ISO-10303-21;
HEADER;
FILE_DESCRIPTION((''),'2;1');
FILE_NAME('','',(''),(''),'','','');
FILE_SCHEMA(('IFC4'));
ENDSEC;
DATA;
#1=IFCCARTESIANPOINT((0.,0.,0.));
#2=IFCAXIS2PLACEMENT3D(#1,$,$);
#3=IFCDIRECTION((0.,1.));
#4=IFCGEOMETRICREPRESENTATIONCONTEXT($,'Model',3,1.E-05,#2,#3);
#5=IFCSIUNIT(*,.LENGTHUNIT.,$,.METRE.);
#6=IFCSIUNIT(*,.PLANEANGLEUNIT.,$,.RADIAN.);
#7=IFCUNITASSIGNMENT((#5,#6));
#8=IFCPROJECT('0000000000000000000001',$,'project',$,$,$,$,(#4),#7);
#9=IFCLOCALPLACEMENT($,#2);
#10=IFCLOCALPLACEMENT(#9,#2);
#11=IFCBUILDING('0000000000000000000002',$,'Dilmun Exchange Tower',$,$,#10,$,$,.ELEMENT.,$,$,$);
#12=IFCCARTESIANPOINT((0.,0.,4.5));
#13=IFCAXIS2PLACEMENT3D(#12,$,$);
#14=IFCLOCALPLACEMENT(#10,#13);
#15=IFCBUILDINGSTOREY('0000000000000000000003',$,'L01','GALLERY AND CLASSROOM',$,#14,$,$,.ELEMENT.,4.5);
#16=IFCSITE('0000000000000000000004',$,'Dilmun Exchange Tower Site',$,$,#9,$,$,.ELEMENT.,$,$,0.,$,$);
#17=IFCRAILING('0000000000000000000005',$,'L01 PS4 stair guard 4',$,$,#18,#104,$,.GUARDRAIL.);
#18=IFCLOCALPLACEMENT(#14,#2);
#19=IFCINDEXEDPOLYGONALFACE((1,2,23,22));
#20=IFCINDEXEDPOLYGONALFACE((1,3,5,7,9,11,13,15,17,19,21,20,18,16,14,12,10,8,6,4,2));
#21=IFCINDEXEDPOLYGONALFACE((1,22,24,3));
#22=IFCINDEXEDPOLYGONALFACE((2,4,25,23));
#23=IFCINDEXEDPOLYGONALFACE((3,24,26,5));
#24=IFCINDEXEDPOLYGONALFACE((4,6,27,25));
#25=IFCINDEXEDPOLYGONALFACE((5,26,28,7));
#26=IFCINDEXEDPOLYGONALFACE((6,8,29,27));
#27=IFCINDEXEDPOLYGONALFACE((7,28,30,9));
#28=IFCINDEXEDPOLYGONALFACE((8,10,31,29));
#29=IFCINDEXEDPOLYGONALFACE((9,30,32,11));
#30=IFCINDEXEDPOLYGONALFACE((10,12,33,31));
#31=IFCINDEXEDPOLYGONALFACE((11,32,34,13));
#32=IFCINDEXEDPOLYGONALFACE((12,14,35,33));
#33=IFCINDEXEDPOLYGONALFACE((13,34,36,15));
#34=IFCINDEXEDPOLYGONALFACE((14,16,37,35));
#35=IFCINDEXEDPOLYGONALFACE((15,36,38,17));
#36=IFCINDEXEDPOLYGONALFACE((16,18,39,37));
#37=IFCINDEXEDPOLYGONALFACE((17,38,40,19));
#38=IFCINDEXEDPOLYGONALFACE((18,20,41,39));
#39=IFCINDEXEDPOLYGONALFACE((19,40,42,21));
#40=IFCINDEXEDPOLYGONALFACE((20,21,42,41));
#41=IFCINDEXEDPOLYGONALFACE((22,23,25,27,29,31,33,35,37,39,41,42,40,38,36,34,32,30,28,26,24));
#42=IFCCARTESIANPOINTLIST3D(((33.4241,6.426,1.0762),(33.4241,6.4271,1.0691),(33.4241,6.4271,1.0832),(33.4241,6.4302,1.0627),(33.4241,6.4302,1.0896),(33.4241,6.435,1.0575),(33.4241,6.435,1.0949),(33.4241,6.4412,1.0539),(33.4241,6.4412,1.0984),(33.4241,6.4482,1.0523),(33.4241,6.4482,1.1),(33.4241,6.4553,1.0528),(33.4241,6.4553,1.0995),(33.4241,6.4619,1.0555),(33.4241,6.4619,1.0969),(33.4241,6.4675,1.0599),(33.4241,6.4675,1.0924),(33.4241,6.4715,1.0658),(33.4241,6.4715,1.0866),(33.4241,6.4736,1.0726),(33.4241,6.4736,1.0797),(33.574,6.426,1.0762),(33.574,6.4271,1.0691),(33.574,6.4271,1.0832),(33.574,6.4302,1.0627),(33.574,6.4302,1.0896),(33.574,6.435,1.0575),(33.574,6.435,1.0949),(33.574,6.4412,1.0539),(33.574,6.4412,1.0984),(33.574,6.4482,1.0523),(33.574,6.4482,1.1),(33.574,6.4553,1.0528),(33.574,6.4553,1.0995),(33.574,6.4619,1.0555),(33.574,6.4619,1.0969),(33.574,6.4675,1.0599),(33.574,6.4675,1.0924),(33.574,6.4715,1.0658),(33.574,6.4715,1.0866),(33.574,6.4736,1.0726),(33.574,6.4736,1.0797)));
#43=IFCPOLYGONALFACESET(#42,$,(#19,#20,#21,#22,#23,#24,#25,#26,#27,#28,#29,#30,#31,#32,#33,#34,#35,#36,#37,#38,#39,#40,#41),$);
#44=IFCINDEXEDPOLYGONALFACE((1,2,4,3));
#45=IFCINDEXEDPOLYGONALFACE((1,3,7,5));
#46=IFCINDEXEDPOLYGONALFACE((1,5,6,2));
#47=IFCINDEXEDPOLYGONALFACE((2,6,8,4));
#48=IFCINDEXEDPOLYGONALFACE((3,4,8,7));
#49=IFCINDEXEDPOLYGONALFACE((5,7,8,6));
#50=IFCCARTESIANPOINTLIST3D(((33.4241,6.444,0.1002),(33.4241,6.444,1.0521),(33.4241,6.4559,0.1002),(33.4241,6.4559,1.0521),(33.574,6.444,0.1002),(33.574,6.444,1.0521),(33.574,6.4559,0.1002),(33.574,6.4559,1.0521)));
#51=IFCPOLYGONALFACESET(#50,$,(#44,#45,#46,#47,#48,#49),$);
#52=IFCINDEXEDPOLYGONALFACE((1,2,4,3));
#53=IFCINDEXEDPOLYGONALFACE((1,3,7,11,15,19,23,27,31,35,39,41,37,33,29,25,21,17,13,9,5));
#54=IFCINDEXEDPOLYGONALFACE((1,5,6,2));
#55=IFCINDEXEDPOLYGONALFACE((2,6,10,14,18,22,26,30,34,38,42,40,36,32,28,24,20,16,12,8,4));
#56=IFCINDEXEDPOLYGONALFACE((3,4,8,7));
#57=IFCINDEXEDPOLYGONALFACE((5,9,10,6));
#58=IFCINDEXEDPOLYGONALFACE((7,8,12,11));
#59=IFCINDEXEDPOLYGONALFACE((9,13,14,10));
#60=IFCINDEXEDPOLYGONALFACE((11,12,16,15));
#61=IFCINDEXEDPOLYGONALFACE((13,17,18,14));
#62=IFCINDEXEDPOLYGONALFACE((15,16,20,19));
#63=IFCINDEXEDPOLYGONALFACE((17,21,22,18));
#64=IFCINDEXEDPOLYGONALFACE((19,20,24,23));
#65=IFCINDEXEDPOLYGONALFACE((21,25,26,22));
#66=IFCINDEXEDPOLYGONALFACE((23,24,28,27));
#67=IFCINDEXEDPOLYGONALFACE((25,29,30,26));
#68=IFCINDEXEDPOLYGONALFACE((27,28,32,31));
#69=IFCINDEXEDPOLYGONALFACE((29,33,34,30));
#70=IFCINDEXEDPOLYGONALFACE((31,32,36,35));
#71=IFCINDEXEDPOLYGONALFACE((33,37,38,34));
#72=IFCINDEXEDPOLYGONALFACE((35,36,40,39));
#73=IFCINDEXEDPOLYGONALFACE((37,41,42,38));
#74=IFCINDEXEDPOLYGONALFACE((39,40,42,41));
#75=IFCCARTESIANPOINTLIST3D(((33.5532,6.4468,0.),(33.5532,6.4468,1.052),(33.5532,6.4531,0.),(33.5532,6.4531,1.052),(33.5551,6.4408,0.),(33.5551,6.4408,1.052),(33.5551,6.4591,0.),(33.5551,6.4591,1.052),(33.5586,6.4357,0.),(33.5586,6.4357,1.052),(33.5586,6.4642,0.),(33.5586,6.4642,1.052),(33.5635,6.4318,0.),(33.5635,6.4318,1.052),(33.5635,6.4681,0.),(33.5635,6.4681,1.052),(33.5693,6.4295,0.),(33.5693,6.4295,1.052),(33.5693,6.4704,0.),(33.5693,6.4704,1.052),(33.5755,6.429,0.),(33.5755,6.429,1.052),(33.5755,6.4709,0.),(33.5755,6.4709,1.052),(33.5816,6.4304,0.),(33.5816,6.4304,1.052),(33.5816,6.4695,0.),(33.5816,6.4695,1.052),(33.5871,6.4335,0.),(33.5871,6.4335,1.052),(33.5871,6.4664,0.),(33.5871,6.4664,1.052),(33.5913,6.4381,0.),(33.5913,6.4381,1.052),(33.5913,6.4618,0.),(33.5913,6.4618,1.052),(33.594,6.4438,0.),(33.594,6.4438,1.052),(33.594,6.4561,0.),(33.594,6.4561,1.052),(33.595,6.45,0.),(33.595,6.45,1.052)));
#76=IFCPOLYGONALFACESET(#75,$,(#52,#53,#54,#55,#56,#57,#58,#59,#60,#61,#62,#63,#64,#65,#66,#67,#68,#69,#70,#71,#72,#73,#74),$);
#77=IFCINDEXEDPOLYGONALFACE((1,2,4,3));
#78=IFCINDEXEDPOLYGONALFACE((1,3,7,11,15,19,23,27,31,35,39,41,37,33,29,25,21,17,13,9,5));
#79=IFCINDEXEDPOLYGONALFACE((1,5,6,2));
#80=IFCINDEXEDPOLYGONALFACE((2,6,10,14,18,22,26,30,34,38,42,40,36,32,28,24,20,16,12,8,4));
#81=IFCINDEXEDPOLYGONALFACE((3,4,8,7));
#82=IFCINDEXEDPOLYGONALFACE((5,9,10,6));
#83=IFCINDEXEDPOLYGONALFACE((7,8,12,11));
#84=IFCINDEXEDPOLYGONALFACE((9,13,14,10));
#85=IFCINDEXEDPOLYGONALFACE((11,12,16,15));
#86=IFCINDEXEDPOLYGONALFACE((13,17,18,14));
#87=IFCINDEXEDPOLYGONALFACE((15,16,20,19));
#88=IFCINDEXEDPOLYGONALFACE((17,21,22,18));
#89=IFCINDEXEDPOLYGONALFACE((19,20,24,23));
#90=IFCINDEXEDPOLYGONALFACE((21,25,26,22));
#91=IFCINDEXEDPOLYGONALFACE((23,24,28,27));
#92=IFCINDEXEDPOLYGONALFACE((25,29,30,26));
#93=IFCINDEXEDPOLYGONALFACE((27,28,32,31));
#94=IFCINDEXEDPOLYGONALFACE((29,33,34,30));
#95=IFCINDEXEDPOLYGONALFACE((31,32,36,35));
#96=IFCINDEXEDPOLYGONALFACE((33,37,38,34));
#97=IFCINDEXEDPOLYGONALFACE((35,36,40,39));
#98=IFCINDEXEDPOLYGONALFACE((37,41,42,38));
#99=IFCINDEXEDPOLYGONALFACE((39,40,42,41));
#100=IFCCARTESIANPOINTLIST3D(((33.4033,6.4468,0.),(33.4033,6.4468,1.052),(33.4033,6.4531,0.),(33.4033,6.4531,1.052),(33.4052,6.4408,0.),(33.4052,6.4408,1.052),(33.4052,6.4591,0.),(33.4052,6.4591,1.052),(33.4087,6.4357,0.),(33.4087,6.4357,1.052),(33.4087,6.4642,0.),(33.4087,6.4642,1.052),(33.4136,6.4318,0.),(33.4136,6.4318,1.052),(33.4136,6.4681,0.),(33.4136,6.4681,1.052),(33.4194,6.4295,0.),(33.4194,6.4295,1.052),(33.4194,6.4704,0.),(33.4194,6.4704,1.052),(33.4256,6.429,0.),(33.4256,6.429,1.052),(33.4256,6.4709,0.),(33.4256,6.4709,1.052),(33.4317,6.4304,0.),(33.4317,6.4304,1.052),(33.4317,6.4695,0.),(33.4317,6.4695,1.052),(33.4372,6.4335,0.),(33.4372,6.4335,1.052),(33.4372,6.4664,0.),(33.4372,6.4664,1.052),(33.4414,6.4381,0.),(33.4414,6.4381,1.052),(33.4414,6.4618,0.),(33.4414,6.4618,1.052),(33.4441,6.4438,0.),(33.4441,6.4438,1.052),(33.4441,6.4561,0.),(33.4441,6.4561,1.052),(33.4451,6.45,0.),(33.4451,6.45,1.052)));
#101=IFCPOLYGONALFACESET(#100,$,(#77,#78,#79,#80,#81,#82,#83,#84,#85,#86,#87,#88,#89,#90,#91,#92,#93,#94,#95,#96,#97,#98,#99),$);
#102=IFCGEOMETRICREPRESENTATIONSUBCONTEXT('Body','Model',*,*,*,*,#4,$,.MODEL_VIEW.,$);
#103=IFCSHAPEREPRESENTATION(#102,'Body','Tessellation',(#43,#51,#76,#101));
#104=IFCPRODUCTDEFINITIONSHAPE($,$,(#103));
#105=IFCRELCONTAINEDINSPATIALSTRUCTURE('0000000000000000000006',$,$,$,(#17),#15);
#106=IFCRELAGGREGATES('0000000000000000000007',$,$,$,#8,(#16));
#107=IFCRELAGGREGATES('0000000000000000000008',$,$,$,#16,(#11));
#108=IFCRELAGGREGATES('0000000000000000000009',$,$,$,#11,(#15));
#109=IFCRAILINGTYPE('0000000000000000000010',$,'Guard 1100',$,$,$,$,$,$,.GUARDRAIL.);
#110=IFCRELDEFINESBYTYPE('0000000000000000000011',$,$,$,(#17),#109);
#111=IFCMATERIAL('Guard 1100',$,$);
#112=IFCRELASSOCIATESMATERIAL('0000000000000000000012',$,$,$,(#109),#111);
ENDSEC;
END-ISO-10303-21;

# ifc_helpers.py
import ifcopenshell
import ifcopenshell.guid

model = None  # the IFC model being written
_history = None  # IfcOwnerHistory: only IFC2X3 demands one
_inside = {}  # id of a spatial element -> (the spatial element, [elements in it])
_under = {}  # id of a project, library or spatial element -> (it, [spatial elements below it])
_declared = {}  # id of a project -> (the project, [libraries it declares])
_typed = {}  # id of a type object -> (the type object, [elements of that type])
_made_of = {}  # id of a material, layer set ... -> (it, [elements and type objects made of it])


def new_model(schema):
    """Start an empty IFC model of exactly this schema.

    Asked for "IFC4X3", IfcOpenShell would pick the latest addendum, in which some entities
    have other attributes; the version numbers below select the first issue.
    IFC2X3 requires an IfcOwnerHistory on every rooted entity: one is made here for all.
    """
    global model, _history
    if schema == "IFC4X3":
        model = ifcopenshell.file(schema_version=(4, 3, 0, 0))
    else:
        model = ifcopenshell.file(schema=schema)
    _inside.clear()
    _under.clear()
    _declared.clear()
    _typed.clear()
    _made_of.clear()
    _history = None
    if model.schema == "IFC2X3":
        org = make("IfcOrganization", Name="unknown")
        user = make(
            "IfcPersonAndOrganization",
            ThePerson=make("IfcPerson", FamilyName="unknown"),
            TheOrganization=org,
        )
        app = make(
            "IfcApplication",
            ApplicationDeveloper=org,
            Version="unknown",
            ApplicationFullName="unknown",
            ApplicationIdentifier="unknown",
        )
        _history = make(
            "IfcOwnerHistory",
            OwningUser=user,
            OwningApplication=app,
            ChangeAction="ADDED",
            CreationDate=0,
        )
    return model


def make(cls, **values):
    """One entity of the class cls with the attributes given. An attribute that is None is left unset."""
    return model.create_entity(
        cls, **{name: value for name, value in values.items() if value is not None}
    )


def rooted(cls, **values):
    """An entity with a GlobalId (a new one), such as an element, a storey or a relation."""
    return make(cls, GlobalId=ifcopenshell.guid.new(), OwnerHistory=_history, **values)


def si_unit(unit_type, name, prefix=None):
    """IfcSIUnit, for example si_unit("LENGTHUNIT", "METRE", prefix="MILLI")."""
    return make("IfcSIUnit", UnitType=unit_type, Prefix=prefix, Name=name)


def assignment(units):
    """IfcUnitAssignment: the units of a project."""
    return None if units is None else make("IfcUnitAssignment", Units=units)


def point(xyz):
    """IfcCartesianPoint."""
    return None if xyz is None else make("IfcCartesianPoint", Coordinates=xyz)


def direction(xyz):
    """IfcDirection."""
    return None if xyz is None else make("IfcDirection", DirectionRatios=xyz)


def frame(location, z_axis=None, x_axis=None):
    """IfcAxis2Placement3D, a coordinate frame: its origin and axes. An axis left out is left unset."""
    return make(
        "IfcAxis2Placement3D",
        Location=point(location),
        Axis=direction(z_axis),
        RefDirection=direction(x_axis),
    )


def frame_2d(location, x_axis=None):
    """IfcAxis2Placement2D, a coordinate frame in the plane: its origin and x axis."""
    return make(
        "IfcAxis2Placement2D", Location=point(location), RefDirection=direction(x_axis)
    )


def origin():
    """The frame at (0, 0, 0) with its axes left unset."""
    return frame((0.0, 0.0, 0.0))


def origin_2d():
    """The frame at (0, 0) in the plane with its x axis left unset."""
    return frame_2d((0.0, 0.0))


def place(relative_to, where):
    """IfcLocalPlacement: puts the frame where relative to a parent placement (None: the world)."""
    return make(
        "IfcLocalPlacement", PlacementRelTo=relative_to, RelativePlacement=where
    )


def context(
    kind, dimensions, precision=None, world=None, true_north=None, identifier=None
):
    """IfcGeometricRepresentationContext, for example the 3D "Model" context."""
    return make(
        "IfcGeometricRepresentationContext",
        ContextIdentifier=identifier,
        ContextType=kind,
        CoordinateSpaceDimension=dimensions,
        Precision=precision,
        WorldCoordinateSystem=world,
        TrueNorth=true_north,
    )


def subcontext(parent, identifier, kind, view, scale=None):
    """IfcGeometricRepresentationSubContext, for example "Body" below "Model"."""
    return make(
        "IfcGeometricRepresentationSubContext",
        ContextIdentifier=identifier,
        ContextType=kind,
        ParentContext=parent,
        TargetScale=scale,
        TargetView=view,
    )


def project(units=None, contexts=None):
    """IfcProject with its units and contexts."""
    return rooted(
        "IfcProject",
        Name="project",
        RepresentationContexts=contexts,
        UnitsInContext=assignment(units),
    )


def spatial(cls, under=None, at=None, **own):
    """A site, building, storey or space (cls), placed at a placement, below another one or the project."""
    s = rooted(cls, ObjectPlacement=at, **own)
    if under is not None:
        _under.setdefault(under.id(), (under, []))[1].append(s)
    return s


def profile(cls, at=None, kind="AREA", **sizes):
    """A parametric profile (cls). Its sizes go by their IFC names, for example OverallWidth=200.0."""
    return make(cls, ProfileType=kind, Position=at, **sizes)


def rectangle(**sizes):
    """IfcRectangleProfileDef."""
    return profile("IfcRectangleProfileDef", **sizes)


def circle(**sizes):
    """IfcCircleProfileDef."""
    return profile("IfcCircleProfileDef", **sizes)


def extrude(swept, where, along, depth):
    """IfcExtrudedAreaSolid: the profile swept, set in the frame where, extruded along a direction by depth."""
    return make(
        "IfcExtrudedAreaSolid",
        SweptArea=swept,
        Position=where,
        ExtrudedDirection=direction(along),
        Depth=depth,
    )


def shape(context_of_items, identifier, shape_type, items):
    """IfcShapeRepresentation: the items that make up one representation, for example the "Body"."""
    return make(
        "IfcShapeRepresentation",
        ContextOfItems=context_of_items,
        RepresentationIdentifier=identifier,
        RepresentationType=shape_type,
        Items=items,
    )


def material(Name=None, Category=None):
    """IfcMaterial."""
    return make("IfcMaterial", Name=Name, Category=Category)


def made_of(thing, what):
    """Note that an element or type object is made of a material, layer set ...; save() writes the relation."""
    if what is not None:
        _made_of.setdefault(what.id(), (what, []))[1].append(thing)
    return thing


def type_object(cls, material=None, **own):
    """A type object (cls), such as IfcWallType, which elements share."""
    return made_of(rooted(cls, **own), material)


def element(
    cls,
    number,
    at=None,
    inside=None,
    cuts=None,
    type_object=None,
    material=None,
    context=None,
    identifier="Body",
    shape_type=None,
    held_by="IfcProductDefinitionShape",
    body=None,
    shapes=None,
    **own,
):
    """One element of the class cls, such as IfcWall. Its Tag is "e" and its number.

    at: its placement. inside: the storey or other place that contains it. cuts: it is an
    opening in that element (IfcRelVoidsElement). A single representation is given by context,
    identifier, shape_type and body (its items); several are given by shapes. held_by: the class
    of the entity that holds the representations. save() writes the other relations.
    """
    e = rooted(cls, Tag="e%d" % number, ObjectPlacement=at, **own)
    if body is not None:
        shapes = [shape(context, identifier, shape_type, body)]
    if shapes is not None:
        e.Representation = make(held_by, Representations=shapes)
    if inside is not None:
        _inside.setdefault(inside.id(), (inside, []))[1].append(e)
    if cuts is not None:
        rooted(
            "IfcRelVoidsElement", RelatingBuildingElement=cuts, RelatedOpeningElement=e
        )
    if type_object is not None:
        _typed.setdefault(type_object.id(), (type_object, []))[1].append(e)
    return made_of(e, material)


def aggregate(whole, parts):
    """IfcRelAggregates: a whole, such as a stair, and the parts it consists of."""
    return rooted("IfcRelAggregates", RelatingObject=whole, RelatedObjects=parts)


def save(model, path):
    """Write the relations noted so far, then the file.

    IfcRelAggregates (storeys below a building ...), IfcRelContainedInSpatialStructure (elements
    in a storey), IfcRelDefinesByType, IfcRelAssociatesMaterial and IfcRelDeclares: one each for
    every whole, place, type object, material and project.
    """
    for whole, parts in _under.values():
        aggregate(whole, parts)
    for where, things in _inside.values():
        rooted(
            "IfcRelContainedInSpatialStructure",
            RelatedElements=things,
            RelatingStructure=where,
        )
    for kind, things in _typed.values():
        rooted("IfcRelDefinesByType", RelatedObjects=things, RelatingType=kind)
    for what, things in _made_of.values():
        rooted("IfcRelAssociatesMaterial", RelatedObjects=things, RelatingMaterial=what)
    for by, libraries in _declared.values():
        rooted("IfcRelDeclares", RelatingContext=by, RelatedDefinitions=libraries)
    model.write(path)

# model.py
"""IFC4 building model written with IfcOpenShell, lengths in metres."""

from ifc_helpers import new_model, si_unit, direction, frame, origin, origin_2d, place, context, subcontext, project, spatial, rectangle, circle, extrude, material, type_object, element, save


model = new_model("IFC4")

# Units and contexts
model_context = context("Model", 3, precision=1e-05, world=origin(), true_north=direction((0.0, 1.0)))
body_context = subcontext(model_context, "Body", "Model", "MODEL_VIEW")
ifc_project = project(units=[si_unit("LENGTHUNIT", "METRE"), si_unit("PLANEANGLEUNIT", "RADIAN")], contexts=[model_context])

# Site, building, storey
site_placement = place(None, origin())
site = spatial("IfcSite", under=ifc_project, at=site_placement, Name="Dilmun Exchange Tower Site", CompositionType="ELEMENT", RefElevation=0.0)
building_placement = place(site_placement, origin())
building = spatial("IfcBuilding", under=site, at=building_placement, Name="Dilmun Exchange Tower", CompositionType="ELEMENT")
storey_placement = place(building_placement, frame((0.0, 0.0, 4.5)))
storey = spatial("IfcBuildingStorey", under=building, at=storey_placement, Name="L01", Description="GALLERY AND CLASSROOM", CompositionType="ELEMENT", Elevation=4.5)

# Railing
ifc_material_1 = material(Name="Guard 1100")
railing_type_1 = type_object("IfcRailingType", Name="Guard 1100", PredefinedType="GUARDRAIL", material=ifc_material_1)
railing_1_placement = place(storey_placement, frame((33.574, 6.45, 0.0)))
element("IfcRailing", 1, at=railing_1_placement, inside=storey, type_object=railing_type_1, Name="L01 PS4 stair guard 4", PredefinedType="GUARDRAIL", context=body_context, shape_type="SweptSolid", body=[
    extrude(circle(Radius=0.0239, at=origin_2d()), frame((0.0, 0.0, 1.0762), z_axis=(-1.0, 0.0, 0.0), x_axis=(0.0, -1.0, 0.0)), (0.0, 0.0, 1.0), 0.1499),
    extrude(rectangle(XDim=0.012, YDim=0.9519, at=origin_2d()), frame((0.0, 0.0, 0.5762), z_axis=(-1.0, 0.0, 0.0), x_axis=(0.0, -1.0, 0.0)), (0.0, 0.0, 1.0), 0.1499),
    extrude(circle(Radius=0.021, at=origin_2d()), origin(), (0.0, 0.0, 1.0), 1.052),
    extrude(circle(Radius=0.021, at=origin_2d()), frame((-0.1499, 0.0, 0.0)), (0.0, 0.0, 1.0), 1.052),
])

save(model, "model.ifc")
